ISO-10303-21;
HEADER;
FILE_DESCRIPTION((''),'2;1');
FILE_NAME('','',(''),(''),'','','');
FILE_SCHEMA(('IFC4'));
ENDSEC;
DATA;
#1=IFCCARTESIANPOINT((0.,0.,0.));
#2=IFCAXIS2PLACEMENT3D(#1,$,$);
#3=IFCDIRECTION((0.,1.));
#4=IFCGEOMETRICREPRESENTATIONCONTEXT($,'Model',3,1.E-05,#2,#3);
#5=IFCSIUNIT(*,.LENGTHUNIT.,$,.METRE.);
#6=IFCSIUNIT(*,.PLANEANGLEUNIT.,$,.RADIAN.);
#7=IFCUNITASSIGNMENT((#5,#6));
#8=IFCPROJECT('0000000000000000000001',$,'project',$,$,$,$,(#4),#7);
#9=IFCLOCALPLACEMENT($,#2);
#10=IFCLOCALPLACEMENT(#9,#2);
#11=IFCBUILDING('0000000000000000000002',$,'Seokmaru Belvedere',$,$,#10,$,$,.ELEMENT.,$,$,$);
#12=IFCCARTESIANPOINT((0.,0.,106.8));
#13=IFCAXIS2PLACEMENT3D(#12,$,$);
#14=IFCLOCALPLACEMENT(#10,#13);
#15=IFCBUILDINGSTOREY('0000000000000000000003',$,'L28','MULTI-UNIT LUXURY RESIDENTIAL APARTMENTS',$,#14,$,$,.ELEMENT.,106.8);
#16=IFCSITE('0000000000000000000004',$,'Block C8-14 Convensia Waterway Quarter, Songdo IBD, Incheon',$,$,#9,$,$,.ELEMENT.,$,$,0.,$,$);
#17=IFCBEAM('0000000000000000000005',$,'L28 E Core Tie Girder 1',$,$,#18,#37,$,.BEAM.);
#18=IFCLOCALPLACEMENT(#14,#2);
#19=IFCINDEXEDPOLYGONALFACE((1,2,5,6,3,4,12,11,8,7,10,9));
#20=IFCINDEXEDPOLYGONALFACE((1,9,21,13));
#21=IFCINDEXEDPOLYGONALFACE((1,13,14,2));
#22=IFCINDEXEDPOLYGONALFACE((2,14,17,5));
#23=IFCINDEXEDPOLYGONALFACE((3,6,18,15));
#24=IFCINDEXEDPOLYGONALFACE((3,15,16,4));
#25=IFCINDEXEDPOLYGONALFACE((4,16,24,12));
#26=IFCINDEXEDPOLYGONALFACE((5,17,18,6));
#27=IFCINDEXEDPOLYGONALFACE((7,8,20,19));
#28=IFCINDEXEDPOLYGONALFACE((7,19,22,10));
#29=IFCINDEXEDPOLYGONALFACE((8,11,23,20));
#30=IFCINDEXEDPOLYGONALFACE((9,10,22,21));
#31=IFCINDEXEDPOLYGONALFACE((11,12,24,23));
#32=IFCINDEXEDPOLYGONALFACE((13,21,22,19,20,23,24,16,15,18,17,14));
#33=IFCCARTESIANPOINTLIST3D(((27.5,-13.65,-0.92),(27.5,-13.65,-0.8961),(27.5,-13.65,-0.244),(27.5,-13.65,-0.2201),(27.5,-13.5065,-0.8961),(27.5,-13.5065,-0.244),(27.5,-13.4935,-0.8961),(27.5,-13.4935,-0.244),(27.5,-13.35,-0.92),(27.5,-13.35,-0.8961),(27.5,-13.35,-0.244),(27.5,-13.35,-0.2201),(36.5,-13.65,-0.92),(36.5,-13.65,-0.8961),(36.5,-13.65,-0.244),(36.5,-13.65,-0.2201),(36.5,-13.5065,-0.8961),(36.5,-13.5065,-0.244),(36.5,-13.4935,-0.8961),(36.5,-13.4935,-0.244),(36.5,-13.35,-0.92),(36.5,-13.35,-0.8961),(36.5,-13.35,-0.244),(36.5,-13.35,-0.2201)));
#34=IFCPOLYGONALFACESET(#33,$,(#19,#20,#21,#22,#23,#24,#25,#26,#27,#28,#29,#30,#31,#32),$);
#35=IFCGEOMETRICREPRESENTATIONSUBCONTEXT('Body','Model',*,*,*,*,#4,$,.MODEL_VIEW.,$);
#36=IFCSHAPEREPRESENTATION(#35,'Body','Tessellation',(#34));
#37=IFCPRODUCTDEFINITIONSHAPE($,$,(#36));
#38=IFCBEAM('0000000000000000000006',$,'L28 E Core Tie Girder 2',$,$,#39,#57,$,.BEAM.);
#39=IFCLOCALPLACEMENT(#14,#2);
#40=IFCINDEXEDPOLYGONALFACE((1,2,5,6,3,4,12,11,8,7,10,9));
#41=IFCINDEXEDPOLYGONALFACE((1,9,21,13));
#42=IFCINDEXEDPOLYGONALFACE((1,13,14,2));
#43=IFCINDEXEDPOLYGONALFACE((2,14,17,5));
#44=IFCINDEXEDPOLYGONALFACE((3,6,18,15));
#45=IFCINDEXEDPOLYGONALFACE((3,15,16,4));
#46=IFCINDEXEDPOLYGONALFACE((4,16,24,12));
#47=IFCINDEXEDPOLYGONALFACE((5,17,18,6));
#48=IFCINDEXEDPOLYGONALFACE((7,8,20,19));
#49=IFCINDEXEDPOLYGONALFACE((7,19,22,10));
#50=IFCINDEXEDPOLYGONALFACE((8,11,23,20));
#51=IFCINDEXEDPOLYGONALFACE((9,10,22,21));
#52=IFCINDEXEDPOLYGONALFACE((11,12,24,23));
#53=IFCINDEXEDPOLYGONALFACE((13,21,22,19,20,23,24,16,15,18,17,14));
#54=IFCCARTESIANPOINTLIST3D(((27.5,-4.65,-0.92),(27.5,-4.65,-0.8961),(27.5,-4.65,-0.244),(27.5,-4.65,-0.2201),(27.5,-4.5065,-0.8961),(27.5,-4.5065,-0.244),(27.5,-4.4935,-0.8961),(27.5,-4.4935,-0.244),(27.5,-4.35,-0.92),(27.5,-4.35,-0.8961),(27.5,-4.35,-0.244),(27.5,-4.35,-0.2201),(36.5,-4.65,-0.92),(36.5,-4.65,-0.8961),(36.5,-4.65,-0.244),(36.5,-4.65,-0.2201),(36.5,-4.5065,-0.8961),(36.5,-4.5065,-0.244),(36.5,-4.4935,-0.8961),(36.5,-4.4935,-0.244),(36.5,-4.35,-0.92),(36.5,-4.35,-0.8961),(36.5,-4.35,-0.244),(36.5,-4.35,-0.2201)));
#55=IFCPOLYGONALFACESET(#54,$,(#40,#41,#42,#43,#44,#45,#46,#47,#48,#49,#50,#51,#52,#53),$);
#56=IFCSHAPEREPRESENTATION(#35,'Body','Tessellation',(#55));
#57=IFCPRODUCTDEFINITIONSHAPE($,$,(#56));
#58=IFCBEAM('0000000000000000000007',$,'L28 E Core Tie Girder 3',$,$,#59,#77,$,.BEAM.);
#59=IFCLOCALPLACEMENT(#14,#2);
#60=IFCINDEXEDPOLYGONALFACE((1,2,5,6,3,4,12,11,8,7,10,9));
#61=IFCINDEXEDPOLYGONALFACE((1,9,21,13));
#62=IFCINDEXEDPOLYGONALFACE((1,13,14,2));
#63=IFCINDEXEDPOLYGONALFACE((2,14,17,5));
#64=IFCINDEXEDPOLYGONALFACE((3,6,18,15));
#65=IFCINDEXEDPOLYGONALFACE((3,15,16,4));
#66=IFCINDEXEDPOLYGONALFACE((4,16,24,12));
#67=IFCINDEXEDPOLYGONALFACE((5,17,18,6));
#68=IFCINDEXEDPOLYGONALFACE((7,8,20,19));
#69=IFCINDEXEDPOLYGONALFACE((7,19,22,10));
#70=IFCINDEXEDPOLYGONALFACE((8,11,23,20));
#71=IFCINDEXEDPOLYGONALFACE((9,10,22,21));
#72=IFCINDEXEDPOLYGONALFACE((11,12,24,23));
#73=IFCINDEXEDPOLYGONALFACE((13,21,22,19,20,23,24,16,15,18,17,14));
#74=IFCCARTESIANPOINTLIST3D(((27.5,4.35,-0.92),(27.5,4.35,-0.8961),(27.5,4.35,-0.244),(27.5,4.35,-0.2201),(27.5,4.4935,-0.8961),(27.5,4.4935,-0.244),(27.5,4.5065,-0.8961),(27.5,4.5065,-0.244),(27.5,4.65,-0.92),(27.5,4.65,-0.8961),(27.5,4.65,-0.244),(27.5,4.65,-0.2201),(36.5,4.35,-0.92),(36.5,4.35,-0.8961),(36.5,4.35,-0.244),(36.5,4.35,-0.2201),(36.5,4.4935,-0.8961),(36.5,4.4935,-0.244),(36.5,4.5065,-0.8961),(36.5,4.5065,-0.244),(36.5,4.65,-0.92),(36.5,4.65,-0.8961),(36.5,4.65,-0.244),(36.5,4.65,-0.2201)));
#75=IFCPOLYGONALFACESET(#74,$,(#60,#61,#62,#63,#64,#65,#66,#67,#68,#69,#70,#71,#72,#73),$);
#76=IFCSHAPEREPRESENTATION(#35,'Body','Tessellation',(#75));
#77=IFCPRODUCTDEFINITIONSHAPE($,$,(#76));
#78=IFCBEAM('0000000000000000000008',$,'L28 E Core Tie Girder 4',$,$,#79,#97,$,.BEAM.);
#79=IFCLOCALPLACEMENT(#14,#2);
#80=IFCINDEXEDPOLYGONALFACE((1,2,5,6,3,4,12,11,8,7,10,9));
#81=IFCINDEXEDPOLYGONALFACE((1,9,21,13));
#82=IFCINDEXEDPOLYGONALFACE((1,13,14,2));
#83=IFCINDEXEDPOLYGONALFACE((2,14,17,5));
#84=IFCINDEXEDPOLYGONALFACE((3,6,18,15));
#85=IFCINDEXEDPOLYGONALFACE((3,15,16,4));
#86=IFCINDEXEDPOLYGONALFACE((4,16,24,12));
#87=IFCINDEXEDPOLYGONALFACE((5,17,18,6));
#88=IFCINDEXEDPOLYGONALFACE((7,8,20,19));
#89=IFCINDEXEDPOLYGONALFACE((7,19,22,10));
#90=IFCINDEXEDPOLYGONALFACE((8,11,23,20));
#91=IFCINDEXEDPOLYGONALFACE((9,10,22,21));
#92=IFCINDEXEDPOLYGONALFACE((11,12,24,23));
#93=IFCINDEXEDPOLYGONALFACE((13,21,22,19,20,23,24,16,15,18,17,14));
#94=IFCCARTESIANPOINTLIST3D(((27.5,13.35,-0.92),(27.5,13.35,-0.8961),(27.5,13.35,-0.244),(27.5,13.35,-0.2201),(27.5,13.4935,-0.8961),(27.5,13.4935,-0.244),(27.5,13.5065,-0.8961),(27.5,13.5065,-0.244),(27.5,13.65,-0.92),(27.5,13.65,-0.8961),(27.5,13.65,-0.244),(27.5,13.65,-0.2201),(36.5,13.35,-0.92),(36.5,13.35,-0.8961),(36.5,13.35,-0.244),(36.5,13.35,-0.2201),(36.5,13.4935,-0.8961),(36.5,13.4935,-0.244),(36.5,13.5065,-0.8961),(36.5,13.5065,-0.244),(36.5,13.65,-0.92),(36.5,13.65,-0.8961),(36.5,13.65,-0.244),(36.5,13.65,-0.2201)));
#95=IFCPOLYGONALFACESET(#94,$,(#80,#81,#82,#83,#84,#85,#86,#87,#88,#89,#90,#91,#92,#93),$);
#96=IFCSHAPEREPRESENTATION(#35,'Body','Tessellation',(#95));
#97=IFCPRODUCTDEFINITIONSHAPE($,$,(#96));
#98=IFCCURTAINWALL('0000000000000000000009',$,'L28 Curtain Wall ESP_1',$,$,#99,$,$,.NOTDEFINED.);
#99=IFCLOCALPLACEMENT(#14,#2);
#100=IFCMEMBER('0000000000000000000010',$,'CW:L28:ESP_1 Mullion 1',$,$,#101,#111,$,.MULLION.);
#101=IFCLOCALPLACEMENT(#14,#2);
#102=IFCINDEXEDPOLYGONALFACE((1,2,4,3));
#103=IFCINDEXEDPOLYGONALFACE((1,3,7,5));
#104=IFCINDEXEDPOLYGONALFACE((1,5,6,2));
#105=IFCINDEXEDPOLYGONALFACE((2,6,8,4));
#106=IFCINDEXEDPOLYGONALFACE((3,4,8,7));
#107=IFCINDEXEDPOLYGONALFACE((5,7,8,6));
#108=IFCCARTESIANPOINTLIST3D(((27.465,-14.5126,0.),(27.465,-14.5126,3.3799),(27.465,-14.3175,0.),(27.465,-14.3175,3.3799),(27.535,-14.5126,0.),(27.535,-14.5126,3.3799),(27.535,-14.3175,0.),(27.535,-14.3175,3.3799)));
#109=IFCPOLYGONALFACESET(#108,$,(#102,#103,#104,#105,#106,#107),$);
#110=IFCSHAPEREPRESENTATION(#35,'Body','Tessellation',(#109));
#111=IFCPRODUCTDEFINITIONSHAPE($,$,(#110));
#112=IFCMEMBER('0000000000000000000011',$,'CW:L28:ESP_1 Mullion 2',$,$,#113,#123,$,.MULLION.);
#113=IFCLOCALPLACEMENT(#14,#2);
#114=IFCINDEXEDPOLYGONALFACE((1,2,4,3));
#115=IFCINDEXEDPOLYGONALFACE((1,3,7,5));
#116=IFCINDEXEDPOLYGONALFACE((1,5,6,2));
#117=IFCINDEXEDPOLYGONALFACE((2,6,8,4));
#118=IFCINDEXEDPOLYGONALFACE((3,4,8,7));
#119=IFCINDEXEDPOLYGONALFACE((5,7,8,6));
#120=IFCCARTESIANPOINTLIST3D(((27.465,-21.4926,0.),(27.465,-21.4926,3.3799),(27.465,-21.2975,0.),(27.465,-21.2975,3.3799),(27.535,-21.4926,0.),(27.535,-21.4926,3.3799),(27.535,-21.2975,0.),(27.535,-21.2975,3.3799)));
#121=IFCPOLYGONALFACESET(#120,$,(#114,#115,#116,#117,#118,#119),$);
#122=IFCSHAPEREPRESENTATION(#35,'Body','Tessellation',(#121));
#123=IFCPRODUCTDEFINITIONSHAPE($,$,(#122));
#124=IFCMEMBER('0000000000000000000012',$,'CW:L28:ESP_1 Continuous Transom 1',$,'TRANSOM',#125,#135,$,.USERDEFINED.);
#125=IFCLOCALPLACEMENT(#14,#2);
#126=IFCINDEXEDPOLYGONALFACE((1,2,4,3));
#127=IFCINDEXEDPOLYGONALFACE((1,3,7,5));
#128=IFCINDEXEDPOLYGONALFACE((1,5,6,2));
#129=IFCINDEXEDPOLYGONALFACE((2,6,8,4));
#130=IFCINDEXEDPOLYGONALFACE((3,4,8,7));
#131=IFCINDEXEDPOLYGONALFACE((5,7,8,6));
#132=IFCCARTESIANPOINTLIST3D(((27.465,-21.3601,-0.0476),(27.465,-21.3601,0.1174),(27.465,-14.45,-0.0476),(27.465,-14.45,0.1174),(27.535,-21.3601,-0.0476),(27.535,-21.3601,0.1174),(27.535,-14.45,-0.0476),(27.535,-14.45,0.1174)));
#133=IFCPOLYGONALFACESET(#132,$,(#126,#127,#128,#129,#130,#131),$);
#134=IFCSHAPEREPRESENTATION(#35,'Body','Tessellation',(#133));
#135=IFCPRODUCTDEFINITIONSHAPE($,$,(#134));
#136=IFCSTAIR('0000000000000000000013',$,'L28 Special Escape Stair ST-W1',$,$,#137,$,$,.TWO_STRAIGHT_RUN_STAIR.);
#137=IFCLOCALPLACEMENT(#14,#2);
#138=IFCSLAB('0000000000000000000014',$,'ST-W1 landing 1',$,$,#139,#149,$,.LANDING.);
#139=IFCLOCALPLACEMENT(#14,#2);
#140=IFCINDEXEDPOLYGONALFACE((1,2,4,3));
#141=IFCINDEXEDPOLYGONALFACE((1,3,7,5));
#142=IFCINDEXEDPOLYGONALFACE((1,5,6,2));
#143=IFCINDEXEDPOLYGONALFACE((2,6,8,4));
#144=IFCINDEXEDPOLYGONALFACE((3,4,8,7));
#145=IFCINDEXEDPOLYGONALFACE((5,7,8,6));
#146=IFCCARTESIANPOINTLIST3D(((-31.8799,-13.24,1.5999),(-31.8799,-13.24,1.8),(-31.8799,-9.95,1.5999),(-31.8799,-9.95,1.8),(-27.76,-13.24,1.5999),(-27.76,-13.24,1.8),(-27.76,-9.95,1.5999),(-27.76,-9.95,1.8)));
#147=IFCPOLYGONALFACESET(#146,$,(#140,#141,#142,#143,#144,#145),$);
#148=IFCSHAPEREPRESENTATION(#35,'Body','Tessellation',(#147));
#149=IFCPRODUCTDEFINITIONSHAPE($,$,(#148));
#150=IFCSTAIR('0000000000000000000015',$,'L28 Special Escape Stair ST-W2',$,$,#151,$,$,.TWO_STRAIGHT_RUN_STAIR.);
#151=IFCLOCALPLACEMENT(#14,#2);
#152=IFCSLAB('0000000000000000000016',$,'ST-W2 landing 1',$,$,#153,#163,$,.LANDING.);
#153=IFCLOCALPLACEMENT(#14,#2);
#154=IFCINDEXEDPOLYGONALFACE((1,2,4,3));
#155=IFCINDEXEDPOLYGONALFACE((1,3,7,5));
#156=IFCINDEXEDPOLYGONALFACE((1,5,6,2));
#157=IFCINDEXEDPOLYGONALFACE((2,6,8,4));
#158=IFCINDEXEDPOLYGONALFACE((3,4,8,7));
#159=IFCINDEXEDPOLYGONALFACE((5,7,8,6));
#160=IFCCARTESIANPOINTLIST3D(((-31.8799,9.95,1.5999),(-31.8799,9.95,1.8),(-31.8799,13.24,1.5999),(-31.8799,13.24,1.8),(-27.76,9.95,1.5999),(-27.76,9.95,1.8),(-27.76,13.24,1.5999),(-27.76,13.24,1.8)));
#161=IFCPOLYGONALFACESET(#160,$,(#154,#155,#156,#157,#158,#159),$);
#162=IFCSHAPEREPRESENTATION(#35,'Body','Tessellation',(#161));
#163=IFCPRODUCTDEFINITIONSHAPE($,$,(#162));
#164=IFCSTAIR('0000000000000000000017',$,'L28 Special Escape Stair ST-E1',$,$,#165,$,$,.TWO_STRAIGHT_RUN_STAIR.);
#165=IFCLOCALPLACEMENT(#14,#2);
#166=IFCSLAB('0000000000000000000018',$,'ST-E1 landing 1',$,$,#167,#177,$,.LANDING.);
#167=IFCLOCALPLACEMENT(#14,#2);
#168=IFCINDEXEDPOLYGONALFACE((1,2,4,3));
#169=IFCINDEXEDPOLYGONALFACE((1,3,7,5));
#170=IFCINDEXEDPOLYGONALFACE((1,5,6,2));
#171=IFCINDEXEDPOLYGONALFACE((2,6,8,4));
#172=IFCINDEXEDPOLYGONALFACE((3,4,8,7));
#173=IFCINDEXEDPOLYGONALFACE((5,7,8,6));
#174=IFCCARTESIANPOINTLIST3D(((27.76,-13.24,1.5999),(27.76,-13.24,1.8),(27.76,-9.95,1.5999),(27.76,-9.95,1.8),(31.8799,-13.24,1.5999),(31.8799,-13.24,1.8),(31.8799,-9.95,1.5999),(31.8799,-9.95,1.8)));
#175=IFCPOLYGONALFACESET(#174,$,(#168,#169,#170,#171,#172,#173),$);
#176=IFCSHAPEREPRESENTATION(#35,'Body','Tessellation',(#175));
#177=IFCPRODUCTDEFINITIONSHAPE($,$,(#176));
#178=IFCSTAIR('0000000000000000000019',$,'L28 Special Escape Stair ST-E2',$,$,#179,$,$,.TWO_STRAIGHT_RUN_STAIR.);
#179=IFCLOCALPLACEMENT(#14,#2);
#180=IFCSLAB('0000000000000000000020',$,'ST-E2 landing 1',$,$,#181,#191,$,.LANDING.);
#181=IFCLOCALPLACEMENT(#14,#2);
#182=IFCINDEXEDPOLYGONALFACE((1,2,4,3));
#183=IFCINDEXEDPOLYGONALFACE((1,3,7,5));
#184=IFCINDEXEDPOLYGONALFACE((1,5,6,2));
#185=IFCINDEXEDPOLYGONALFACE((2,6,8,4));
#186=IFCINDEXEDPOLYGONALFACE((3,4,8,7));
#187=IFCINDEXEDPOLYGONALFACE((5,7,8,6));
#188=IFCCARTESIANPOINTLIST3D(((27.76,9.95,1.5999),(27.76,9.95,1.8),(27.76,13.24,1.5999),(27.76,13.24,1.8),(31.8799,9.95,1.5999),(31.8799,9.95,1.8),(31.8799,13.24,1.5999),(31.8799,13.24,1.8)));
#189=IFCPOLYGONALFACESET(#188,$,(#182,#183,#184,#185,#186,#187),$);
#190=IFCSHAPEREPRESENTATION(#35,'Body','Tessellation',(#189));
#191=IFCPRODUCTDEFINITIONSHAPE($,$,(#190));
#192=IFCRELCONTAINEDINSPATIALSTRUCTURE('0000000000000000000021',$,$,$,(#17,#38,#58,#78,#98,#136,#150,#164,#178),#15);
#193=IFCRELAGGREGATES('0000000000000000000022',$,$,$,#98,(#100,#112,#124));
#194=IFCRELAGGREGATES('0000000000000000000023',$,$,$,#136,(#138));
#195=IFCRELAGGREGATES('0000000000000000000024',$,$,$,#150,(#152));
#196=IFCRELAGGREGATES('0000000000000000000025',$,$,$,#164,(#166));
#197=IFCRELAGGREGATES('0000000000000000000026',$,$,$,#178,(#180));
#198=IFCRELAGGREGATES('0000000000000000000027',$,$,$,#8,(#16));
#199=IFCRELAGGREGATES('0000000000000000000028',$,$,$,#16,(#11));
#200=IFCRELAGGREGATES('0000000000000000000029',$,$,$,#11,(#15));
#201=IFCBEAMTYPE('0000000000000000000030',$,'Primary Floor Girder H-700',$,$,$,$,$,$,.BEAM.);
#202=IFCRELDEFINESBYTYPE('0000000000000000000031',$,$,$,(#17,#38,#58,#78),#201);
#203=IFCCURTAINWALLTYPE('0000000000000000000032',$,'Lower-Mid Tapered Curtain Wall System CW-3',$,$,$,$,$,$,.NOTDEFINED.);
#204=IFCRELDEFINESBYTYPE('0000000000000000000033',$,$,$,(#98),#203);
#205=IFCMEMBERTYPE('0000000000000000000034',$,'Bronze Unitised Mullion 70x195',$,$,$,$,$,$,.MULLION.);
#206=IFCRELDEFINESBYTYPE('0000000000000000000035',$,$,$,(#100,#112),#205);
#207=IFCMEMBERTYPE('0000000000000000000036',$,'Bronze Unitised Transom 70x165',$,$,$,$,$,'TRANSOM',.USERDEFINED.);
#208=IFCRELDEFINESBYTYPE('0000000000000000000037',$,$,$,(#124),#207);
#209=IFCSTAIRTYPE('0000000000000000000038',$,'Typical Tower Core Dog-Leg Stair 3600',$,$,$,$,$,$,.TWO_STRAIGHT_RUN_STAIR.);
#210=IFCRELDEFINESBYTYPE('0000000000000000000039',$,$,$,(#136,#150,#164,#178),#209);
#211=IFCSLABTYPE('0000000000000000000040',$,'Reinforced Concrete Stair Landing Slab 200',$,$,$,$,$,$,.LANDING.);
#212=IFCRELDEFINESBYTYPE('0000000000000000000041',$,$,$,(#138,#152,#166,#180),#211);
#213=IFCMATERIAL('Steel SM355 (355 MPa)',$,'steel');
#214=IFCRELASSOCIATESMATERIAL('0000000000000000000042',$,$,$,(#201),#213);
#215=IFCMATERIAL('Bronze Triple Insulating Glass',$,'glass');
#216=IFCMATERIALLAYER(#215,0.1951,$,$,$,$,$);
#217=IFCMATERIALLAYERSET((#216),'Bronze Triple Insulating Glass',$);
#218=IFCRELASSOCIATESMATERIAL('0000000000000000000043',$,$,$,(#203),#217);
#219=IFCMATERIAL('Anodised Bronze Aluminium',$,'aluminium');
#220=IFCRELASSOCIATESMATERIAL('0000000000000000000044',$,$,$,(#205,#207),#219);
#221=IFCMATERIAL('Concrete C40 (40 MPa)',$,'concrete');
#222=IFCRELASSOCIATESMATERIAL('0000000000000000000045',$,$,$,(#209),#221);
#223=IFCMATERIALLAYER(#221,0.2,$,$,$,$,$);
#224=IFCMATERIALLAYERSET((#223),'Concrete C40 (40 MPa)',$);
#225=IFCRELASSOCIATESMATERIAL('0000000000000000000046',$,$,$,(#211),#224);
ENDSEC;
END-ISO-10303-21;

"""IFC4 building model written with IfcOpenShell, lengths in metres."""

from ifc_helpers import new_model, si_unit, direction, frame, origin, origin_2d, place, context, subcontext, project, spatial, polyline, rectangle, i_section, outline, extrude, source, transform, mapped, material, layer, layer_set, material_profile, profile_set, type_object, type_shapes, element, aggregate, save


model = new_model("IFC4")

# Units and contexts
model_context = context("Model", 3, precision=1e-05, world=origin(), true_north=direction((0.0, 1.0)))
body_context = subcontext(model_context, "Body", "Model", "MODEL_VIEW")
ifc_project = project(units=[si_unit("LENGTHUNIT", "METRE"), si_unit("PLANEANGLEUNIT", "RADIAN")], contexts=[model_context])

# Site, building, storey
site_placement = place(None, origin())
site = spatial("IfcSite", under=ifc_project, at=site_placement, Name="Block C8-14 Convensia Waterway Quarter, Songdo IBD, Incheon", CompositionType="ELEMENT", RefElevation=0.0)
building_placement = place(site_placement, origin())
building = spatial("IfcBuilding", under=site, at=building_placement, Name="Seokmaru Belvedere", CompositionType="ELEMENT")
storey_placement = place(building_placement, frame((0.0, 0.0, 106.8)))
storey = spatial("IfcBuildingStorey", under=building, at=storey_placement, Name="L28", Description="MULTI-UNIT LUXURY RESIDENTIAL APARTMENTS", CompositionType="ELEMENT", Elevation=106.8)

# Beams
ifc_material_1 = material(Name="Steel SM355 (355 MPa)", Category="steel")
ifc_material_profile_1 = material_profile(ifc_material_1, i_section(OverallWidth=0.3, OverallDepth=0.7, WebThickness=0.0129, FlangeThickness=0.0239, at=origin_2d()), Name="H-700x300x13x24")
ifc_profile_set_1 = profile_set([ifc_material_profile_1], Name="Steel SM355 (355 MPa)")
beam_type_1 = type_object("IfcBeamType", Name="Primary Floor Girder H-700", PredefinedType="BEAM", material=ifc_profile_set_1)
shared_shape_1 = source(origin(), body_context, "Body", "SweptSolid", [
    extrude(i_section(OverallWidth=0.3, OverallDepth=0.7, WebThickness=0.0129, FlangeThickness=0.0239, at=origin_2d()), origin(), (0.0, 0.0, 1.0), 9.0),
])
type_shapes(beam_type_1, [shared_shape_1])
for number, where, z_axis, x_axis, name in (
    (1, (27.5, -13.5, -0.5701), (1.0, 0.0, 0.0), (0.0, 1.0, 0.0), "L28 E Core Tie Girder 1"),
    (2, (27.5, -4.5, -0.5701), (1.0, 0.0, 0.0), (0.0, 1.0, 0.0), "L28 E Core Tie Girder 2"),
    (3, (27.5, 4.5, -0.5701), (1.0, 0.0, 0.0), (0.0, 1.0, 0.0), "L28 E Core Tie Girder 3"),
    (4, (27.5, 13.5, -0.5701), (1.0, 0.0, 0.0), (0.0, 1.0, 0.0), "L28 E Core Tie Girder 4"),
):
    element("IfcBeam", number, at=place(storey_placement, frame(where, z_axis=z_axis, x_axis=x_axis)), inside=storey, type_object=beam_type_1, Name=name, PredefinedType="BEAM", context=body_context, shape_type="MappedRepresentation", body=[
        mapped(shared_shape_1, transform((0.0, 0.0, 0.0), scale=1.0)),
    ])

# Curtain wall, members
ifc_material_2 = material(Name="Bronze Triple Insulating Glass", Category="glass")
ifc_layer_1 = layer(ifc_material_2, 0.1951)
ifc_layer_set_1 = layer_set([ifc_layer_1], Name="Bronze Triple Insulating Glass")
curtain_wall_type = type_object("IfcCurtainWallType", Name="Lower-Mid Tapered Curtain Wall System CW-3", PredefinedType="NOTDEFINED", material=ifc_layer_set_1)
curtain_wall_placement = place(storey_placement, origin())
curtain_wall = element("IfcCurtainWall", 5, at=curtain_wall_placement, inside=storey, type_object=curtain_wall_type, Name="L28 Curtain Wall ESP_1", PredefinedType="NOTDEFINED")
ifc_material_3 = material(Name="Anodised Bronze Aluminium", Category="aluminium")
ifc_material_profile_2 = material_profile(ifc_material_3, rectangle(XDim=0.0701, YDim=0.1951, at=origin_2d()), Name="CW-M-70x195")
ifc_profile_set_2 = profile_set([ifc_material_profile_2], Name="Anodised Bronze Aluminium")
member_type_1 = type_object("IfcMemberType", Name="Bronze Unitised Mullion 70x195", PredefinedType="MULLION", material=ifc_profile_set_2)
shared_shape_2 = source(origin(), body_context, "Body", "SweptSolid", [
    extrude(rectangle(XDim=0.0701, YDim=0.1951, at=origin_2d()), origin(), (0.0, 0.0, 1.0), 3.3799),
])
type_shapes(member_type_1, [shared_shape_2])
member_1_placement = place(storey_placement, frame((27.5, -14.415, 0.0), z_axis=(0.0, 0.0, 1.0), x_axis=(1.0, 0.0, 0.0)))
member_1 = element("IfcMember", 6, at=member_1_placement, type_object=member_type_1, Name="CW:L28:ESP_1 Mullion 1", PredefinedType="MULLION", context=body_context, shape_type="MappedRepresentation", body=[
    mapped(shared_shape_2, transform((0.0, 0.0, 0.0), scale=1.0)),
])
member_2_placement = place(storey_placement, frame((27.5, -21.395, 0.0), z_axis=(0.0, 0.0, 1.0), x_axis=(1.0, 0.0, 0.0)))
member_2 = element("IfcMember", 7, at=member_2_placement, type_object=member_type_1, Name="CW:L28:ESP_1 Mullion 2", PredefinedType="MULLION", context=body_context, shape_type="MappedRepresentation", body=[
    mapped(shared_shape_2, transform((0.0, 0.0, 0.0), scale=1.0)),
])
ifc_material_profile_3 = material_profile(ifc_material_3, rectangle(XDim=0.0701, YDim=0.165, at=origin_2d()), Name="CW-T-70x165")
ifc_profile_set_3 = profile_set([ifc_material_profile_3], Name="Anodised Bronze Aluminium")
member_type_2 = type_object("IfcMemberType", Name="Bronze Unitised Transom 70x165", ElementType="TRANSOM", PredefinedType="USERDEFINED", material=ifc_profile_set_3)
shared_shape_3 = source(origin(), body_context, "Body", "SweptSolid", [
    extrude(rectangle(XDim=0.0701, YDim=0.165, at=origin_2d()), origin(), (0.0, 0.0, 1.0), 6.9102),
])
type_shapes(member_type_2, [shared_shape_3])
member_3_placement = place(storey_placement, frame((27.5, -14.45, 0.0349), z_axis=(0.0, -1.0, 0.0), x_axis=(1.0, 0.0, 0.0)))
member_3 = element("IfcMember", 8, at=member_3_placement, type_object=member_type_2, Name="CW:L28:ESP_1 Continuous Transom 1", ObjectType="TRANSOM", PredefinedType="USERDEFINED", context=body_context, shape_type="MappedRepresentation", body=[
    mapped(shared_shape_3, transform((0.0, 0.0, 0.0), scale=1.0)),
])
aggregate(curtain_wall, [member_1, member_2, member_3])

# Stairs, slabs
ifc_material_4 = material(Name="Concrete C40 (40 MPa)", Category="concrete")
stair_type = type_object("IfcStairType", Name="Typical Tower Core Dog-Leg Stair 3600", PredefinedType="TWO_STRAIGHT_RUN_STAIR", material=ifc_material_4)
stair_1_placement = place(storey_placement, origin())
stair_1 = element("IfcStair", 9, at=stair_1_placement, inside=storey, type_object=stair_type, Name="L28 Special Escape Stair ST-W1", PredefinedType="TWO_STRAIGHT_RUN_STAIR")
ifc_layer_2 = layer(ifc_material_4, 0.2)
ifc_layer_set_2 = layer_set([ifc_layer_2], Name="Concrete C40 (40 MPa)")
slab_type_1 = type_object("IfcSlabType", Name="Reinforced Concrete Stair Landing Slab 200", PredefinedType="LANDING", material=ifc_layer_set_2)
slab_1_placement = place(storey_placement, frame((0.0, 0.0, 1.5999)))
slab_1 = element("IfcSlab", 10, at=slab_1_placement, type_object=slab_type_1, Name="ST-W1 landing 1", PredefinedType="LANDING", context=body_context, shape_type="SweptSolid", body=[
    extrude(outline(polyline([(-31.8799, -13.24), (-27.76, -13.24), (-27.76, -9.95), (-31.8799, -9.95), (-31.8799, -13.24)])), origin(), (0.0, 0.0, 1.0), 0.2002),
])
aggregate(stair_1, [slab_1])
stair_2_placement = place(storey_placement, origin())
stair_2 = element("IfcStair", 11, at=stair_2_placement, inside=storey, type_object=stair_type, Name="L28 Special Escape Stair ST-W2", PredefinedType="TWO_STRAIGHT_RUN_STAIR")
slab_2_placement = place(storey_placement, frame((0.0, 0.0, 1.5999)))
slab_2 = element("IfcSlab", 12, at=slab_2_placement, type_object=slab_type_1, Name="ST-W2 landing 1", PredefinedType="LANDING", context=body_context, shape_type="SweptSolid", body=[
    extrude(outline(polyline([(-31.8799, 9.95), (-27.76, 9.95), (-27.76, 13.24), (-31.8799, 13.24), (-31.8799, 9.95)])), origin(), (0.0, 0.0, 1.0), 0.2002),
])
aggregate(stair_2, [slab_2])
stair_3_placement = place(storey_placement, origin())
stair_3 = element("IfcStair", 13, at=stair_3_placement, inside=storey, type_object=stair_type, Name="L28 Special Escape Stair ST-E1", PredefinedType="TWO_STRAIGHT_RUN_STAIR")
slab_3_placement = place(storey_placement, frame((0.0, 0.0, 1.5999)))
slab_3 = element("IfcSlab", 14, at=slab_3_placement, type_object=slab_type_1, Name="ST-E1 landing 1", PredefinedType="LANDING", context=body_context, shape_type="SweptSolid", body=[
    extrude(outline(polyline([(27.76, -13.24), (31.8799, -13.24), (31.8799, -9.95), (27.76, -9.95), (27.76, -13.24)])), origin(), (0.0, 0.0, 1.0), 0.2002),
])
aggregate(stair_3, [slab_3])
stair_4_placement = place(storey_placement, origin())
stair_4 = element("IfcStair", 15, at=stair_4_placement, inside=storey, type_object=stair_type, Name="L28 Special Escape Stair ST-E2", PredefinedType="TWO_STRAIGHT_RUN_STAIR")
slab_4_placement = place(storey_placement, frame((0.0, 0.0, 1.5999)))
slab_4 = element("IfcSlab", 16, at=slab_4_placement, type_object=slab_type_1, Name="ST-E2 landing 1", PredefinedType="LANDING", context=body_context, shape_type="SweptSolid", body=[
    extrude(outline(polyline([(27.76, 9.95), (31.8799, 9.95), (31.8799, 13.24), (27.76, 13.24), (27.76, 9.95)])), origin(), (0.0, 0.0, 1.0), 0.2002),
])
aggregate(stair_4, [slab_4])

save(model, "model.ifc")
